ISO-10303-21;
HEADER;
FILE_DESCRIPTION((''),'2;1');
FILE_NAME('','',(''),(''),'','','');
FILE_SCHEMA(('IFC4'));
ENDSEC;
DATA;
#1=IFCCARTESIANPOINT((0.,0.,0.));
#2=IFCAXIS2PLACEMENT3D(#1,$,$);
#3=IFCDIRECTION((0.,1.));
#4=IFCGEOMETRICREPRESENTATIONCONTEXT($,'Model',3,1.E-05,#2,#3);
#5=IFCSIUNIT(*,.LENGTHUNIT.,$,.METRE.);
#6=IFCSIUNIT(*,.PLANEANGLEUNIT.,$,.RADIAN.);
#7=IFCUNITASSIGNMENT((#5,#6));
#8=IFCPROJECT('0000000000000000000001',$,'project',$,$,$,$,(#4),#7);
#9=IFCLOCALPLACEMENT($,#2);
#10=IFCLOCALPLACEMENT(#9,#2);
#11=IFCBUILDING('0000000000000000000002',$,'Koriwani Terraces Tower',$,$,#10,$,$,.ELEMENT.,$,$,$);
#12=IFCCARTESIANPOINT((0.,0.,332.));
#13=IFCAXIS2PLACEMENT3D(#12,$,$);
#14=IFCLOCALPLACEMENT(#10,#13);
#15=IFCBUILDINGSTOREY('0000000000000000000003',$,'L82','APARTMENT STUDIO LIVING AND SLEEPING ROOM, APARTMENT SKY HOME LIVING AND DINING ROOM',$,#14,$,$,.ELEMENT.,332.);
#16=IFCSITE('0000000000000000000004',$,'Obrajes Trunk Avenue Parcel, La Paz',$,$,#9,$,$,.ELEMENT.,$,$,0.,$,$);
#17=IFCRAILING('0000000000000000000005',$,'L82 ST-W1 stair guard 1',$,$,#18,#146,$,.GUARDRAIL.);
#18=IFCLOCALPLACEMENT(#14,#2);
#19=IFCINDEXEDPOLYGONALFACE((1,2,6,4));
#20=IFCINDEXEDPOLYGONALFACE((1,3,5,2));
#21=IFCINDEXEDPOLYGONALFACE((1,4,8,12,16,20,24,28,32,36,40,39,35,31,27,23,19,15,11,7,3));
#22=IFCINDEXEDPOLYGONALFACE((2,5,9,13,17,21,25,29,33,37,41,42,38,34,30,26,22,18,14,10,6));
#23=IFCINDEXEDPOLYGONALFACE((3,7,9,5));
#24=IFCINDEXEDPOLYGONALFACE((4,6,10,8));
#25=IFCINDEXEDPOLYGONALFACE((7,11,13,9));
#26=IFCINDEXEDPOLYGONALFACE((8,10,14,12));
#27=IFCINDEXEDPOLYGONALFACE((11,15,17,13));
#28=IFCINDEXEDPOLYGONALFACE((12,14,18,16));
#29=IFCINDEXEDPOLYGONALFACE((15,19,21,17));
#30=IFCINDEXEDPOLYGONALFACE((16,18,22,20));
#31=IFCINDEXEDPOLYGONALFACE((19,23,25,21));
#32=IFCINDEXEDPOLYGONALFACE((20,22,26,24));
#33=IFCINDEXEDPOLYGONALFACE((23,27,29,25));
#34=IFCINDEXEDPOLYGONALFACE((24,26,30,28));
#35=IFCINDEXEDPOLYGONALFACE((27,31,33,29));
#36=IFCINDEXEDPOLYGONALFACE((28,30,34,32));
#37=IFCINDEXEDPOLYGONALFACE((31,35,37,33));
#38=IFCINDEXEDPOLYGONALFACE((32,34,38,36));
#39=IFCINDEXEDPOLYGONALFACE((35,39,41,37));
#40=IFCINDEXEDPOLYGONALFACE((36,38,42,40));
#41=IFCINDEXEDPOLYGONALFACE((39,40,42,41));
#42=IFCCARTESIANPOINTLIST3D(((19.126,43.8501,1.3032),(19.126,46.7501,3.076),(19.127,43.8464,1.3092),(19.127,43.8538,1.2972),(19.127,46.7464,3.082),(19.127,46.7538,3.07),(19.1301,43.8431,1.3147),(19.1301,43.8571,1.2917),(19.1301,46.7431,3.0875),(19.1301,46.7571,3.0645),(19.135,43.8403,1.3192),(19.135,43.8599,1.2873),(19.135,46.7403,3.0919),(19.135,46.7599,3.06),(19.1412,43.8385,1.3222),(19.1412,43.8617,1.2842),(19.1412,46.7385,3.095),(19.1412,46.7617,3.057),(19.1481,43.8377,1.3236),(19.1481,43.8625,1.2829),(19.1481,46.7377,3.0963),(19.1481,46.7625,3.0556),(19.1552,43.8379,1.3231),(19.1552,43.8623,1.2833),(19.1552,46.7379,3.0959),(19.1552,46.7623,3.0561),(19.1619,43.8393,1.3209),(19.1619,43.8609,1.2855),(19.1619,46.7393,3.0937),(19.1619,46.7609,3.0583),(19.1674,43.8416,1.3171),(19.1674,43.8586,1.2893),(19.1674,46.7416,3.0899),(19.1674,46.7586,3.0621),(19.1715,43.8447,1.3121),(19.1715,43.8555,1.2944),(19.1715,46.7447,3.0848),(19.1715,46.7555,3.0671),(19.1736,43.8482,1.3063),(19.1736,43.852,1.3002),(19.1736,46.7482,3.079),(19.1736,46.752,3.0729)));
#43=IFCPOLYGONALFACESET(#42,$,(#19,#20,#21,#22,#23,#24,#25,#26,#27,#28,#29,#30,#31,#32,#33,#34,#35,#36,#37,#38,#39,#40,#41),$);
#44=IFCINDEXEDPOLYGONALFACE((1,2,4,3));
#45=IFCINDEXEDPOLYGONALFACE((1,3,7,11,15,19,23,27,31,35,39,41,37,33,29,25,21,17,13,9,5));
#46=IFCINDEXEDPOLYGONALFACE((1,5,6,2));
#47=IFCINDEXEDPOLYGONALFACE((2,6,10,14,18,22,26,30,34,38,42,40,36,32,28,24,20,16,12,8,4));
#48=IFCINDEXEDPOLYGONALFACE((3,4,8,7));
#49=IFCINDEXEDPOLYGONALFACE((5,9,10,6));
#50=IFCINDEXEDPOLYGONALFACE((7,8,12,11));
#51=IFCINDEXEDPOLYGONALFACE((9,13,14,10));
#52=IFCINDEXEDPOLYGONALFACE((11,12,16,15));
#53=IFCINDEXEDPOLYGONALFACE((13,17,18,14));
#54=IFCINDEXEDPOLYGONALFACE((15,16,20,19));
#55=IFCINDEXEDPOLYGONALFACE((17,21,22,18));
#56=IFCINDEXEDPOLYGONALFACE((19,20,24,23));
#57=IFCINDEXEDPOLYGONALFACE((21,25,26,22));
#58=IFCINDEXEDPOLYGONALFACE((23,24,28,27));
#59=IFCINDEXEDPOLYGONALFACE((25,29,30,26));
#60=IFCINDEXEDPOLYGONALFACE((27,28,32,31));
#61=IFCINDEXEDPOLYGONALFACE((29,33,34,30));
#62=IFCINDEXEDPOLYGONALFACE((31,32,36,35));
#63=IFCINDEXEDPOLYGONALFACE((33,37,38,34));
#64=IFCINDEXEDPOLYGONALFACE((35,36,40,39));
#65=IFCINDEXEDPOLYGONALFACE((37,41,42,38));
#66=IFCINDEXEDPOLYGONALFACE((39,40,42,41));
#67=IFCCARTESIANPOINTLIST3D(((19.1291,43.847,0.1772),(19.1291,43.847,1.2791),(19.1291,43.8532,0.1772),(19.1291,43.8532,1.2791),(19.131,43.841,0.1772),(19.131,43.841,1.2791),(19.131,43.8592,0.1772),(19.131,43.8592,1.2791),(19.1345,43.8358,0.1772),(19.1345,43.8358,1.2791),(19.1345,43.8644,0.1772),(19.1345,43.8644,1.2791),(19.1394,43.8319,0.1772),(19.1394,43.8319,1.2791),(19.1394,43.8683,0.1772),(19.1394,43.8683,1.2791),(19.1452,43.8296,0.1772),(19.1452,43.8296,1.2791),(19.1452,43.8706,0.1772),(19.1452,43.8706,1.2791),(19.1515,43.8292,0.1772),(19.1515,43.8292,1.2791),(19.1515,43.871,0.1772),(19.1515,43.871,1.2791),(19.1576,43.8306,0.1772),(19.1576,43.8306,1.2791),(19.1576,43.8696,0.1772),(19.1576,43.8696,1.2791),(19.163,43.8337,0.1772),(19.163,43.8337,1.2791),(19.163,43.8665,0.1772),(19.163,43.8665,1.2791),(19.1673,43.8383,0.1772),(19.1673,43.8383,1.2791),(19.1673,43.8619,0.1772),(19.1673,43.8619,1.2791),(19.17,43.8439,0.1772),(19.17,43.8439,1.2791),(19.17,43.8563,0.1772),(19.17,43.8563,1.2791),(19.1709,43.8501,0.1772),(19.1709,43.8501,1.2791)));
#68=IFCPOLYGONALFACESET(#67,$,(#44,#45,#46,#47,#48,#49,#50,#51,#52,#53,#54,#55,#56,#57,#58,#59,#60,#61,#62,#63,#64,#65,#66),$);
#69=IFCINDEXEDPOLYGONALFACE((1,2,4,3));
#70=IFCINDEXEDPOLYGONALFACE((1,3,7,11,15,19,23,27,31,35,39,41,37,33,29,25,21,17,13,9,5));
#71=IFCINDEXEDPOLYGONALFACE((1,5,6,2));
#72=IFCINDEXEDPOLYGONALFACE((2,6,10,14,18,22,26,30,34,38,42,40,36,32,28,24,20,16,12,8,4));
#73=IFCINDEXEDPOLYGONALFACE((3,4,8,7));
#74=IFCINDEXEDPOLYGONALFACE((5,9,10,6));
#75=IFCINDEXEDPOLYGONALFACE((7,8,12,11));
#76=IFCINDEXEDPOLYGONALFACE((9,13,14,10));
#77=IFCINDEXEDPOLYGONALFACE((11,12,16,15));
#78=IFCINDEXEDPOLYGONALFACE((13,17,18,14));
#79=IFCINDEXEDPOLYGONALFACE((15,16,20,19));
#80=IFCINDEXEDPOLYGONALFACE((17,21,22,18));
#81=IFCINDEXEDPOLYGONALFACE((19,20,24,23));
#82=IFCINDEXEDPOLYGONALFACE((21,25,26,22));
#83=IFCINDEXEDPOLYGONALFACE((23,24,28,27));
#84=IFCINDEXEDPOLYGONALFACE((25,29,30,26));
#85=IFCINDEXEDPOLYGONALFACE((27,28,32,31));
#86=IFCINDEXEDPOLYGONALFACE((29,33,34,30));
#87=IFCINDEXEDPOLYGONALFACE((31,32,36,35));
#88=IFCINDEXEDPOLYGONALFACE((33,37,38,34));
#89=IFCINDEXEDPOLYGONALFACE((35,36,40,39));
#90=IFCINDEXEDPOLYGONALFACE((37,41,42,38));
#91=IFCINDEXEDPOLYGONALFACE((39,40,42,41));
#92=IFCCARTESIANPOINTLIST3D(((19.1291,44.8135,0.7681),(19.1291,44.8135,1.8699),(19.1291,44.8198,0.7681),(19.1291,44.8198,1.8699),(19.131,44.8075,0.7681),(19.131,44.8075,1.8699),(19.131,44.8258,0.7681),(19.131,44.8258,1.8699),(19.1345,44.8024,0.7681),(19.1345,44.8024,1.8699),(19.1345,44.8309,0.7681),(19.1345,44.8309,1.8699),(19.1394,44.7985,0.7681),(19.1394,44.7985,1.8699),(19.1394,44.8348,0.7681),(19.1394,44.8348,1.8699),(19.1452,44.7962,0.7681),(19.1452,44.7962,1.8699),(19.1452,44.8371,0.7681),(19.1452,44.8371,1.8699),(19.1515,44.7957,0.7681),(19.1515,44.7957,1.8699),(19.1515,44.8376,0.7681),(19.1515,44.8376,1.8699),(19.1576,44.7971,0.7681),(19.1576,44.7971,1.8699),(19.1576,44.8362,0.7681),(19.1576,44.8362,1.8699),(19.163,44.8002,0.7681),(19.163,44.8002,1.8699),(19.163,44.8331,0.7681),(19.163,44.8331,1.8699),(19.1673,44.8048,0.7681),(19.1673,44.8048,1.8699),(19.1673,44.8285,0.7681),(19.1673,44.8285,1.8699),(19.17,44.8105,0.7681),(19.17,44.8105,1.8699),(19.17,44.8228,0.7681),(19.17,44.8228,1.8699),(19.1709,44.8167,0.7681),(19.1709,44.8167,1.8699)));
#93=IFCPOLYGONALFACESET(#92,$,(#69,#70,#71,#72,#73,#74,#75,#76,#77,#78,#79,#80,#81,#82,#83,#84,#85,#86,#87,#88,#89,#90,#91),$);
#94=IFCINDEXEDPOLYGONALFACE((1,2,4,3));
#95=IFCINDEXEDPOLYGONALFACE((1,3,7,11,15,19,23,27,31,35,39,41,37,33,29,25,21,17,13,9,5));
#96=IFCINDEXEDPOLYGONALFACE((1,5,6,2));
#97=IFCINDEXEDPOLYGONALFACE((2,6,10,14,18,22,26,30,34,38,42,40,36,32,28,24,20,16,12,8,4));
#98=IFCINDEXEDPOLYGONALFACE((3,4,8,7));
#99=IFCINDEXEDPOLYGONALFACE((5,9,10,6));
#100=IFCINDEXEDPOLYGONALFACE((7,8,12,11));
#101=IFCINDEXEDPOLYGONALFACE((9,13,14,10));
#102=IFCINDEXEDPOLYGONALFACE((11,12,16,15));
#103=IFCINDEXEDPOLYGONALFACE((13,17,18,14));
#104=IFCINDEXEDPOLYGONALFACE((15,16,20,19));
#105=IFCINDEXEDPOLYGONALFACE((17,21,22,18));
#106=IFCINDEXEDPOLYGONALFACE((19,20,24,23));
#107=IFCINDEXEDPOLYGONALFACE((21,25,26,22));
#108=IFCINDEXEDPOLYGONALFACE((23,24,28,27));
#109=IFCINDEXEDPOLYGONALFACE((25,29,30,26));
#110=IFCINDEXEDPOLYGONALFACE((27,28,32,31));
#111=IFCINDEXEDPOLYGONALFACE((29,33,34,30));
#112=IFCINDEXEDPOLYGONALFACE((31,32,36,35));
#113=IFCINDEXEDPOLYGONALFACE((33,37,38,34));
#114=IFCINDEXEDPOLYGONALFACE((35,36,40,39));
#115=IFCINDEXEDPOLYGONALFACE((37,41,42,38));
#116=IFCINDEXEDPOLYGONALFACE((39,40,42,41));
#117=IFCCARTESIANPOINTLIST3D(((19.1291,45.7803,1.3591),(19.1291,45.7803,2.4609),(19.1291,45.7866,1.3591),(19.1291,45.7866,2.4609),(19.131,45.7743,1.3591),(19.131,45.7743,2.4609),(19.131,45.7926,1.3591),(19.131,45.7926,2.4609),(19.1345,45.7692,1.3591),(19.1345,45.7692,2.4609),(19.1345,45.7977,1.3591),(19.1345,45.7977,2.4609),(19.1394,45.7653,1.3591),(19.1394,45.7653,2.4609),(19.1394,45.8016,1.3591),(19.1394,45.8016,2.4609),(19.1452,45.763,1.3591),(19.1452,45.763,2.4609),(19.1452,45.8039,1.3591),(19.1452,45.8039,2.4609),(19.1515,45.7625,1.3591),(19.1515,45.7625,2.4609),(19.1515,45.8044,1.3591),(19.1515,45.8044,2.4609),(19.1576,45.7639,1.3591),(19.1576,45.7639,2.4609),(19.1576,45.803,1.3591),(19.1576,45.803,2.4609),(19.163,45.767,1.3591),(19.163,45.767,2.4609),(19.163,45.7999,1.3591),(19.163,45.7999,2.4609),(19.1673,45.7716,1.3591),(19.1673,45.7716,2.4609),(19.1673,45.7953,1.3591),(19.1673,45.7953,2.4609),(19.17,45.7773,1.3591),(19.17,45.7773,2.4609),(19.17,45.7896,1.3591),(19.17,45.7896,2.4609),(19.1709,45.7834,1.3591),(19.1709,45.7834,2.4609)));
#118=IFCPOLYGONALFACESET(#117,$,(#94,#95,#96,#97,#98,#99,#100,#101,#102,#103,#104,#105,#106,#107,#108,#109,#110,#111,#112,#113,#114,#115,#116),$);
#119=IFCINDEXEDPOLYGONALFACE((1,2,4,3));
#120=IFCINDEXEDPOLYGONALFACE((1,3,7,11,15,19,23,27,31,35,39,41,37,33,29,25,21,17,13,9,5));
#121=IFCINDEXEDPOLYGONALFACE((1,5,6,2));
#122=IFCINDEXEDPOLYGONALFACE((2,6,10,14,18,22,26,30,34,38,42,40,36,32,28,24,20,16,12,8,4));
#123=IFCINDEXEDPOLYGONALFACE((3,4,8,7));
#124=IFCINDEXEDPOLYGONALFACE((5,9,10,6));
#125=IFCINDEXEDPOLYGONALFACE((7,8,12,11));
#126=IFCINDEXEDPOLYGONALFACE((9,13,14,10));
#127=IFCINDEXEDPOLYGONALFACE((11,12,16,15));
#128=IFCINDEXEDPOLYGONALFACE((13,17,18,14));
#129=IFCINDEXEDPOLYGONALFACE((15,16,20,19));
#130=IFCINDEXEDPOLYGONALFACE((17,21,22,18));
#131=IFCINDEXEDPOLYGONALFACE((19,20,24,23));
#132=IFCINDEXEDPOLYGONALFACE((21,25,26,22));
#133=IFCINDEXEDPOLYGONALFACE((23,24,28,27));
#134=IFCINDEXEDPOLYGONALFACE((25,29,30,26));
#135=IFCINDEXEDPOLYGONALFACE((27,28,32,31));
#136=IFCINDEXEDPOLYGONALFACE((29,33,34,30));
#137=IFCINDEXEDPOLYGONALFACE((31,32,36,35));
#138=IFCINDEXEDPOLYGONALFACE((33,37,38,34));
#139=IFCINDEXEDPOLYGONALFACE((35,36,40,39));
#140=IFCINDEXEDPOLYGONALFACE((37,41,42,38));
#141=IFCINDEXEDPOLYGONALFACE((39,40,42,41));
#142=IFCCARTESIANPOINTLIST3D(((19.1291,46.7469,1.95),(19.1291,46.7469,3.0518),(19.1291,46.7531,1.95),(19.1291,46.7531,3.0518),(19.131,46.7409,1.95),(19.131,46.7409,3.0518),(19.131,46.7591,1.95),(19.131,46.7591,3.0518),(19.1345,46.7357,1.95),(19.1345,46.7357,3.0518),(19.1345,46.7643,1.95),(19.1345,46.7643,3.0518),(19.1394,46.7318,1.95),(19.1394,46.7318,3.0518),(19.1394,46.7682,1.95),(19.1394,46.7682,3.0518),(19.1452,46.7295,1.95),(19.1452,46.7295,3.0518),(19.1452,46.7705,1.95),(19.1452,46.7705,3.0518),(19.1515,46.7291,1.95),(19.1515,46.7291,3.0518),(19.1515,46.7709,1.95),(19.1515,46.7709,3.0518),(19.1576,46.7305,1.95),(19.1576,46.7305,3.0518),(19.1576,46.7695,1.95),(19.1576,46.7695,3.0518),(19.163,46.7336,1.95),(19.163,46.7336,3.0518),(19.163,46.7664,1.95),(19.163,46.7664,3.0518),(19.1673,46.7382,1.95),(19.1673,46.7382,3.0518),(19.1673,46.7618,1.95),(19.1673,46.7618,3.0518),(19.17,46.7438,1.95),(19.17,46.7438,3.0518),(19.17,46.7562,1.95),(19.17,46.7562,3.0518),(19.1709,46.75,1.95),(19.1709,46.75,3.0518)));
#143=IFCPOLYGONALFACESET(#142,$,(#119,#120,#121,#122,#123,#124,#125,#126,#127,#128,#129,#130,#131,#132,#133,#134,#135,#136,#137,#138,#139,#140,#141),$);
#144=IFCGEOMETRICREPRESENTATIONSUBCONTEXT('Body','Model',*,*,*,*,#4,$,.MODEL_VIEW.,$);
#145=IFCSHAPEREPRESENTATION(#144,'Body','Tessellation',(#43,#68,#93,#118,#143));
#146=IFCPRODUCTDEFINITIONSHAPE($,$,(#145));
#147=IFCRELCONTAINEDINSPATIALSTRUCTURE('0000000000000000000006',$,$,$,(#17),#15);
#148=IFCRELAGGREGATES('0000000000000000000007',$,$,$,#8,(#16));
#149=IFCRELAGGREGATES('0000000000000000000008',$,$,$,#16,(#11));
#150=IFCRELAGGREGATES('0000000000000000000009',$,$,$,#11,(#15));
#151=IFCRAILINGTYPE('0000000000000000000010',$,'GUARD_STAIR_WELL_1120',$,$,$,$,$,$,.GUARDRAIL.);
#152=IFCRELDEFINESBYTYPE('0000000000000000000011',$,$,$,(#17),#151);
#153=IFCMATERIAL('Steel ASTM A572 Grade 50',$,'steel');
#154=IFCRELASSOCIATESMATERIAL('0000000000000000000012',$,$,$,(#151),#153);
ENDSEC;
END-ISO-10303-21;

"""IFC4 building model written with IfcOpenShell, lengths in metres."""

from ifc_helpers import new_model, si_unit, direction, frame, origin, origin_2d, place, context, subcontext, project, spatial, circle, extrude, material, type_object, element, save


model = new_model("IFC4")

# Units and contexts
model_context = context("Model", 3, precision=1e-05, world=origin(), true_north=direction((0.0, 1.0)))
body_context = subcontext(model_context, "Body", "Model", "MODEL_VIEW")
ifc_project = project(units=[si_unit("LENGTHUNIT", "METRE"), si_unit("PLANEANGLEUNIT", "RADIAN")], contexts=[model_context])

# Site, building, storey
site_placement = place(None, origin())
site = spatial("IfcSite", under=ifc_project, at=site_placement, Name="Obrajes Trunk Avenue Parcel, La Paz", CompositionType="ELEMENT", RefElevation=0.0)
building_placement = place(site_placement, origin())
building = spatial("IfcBuilding", under=site, at=building_placement, Name="Koriwani Terraces Tower", CompositionType="ELEMENT")
storey_placement = place(building_placement, frame((0.0, 0.0, 332.0)))
storey = spatial("IfcBuildingStorey", under=building, at=storey_placement, Name="L82", Description="APARTMENT STUDIO LIVING AND SLEEPING ROOM, APARTMENT SKY HOME LIVING AND DINING ROOM", CompositionType="ELEMENT", Elevation=332.0)

# Shared definitions
ifc_material_1 = material(Name="Steel ASTM A572 Grade 50", Category="steel")

# Railing
railing_type_1 = type_object("IfcRailingType", Name="GUARD_STAIR_WELL_1120", PredefinedType="GUARDRAIL", material=ifc_material_1)
railing_1_placement = place(storey_placement, frame((19.1499, 43.8501, 0.1772)))
element("IfcRailing", 1, at=railing_1_placement, inside=storey, type_object=railing_type_1, Name="L82 ST-W1 stair guard 1", PredefinedType="GUARDRAIL", context=body_context, shape_type="SweptSolid", body=[
    extrude(circle(Radius=0.0239, at=origin_2d()), frame((0.0, 0.0, 1.126), z_axis=(0.0, 0.853211, 0.521566), x_axis=(-1.0, 0.0, 0.0)), (0.0, 0.0, 1.0), 3.3989),
    extrude(circle(Radius=0.021, at=origin_2d()), origin(), (0.0, 0.0, 1.0), 1.1018),
    extrude(circle(Radius=0.021, at=origin_2d()), frame((0.0, 0.9666, 0.5908)), (0.0, 0.0, 1.0), 1.1018),
    extrude(circle(Radius=0.021, at=origin_2d()), frame((0.0, 1.9333, 1.1819)), (0.0, 0.0, 1.0), 1.1018),
    extrude(circle(Radius=0.021, at=origin_2d()), frame((0.0, 2.8999, 1.7727)), (0.0, 0.0, 1.0), 1.1018),
])

save(model, "model.ifc")
